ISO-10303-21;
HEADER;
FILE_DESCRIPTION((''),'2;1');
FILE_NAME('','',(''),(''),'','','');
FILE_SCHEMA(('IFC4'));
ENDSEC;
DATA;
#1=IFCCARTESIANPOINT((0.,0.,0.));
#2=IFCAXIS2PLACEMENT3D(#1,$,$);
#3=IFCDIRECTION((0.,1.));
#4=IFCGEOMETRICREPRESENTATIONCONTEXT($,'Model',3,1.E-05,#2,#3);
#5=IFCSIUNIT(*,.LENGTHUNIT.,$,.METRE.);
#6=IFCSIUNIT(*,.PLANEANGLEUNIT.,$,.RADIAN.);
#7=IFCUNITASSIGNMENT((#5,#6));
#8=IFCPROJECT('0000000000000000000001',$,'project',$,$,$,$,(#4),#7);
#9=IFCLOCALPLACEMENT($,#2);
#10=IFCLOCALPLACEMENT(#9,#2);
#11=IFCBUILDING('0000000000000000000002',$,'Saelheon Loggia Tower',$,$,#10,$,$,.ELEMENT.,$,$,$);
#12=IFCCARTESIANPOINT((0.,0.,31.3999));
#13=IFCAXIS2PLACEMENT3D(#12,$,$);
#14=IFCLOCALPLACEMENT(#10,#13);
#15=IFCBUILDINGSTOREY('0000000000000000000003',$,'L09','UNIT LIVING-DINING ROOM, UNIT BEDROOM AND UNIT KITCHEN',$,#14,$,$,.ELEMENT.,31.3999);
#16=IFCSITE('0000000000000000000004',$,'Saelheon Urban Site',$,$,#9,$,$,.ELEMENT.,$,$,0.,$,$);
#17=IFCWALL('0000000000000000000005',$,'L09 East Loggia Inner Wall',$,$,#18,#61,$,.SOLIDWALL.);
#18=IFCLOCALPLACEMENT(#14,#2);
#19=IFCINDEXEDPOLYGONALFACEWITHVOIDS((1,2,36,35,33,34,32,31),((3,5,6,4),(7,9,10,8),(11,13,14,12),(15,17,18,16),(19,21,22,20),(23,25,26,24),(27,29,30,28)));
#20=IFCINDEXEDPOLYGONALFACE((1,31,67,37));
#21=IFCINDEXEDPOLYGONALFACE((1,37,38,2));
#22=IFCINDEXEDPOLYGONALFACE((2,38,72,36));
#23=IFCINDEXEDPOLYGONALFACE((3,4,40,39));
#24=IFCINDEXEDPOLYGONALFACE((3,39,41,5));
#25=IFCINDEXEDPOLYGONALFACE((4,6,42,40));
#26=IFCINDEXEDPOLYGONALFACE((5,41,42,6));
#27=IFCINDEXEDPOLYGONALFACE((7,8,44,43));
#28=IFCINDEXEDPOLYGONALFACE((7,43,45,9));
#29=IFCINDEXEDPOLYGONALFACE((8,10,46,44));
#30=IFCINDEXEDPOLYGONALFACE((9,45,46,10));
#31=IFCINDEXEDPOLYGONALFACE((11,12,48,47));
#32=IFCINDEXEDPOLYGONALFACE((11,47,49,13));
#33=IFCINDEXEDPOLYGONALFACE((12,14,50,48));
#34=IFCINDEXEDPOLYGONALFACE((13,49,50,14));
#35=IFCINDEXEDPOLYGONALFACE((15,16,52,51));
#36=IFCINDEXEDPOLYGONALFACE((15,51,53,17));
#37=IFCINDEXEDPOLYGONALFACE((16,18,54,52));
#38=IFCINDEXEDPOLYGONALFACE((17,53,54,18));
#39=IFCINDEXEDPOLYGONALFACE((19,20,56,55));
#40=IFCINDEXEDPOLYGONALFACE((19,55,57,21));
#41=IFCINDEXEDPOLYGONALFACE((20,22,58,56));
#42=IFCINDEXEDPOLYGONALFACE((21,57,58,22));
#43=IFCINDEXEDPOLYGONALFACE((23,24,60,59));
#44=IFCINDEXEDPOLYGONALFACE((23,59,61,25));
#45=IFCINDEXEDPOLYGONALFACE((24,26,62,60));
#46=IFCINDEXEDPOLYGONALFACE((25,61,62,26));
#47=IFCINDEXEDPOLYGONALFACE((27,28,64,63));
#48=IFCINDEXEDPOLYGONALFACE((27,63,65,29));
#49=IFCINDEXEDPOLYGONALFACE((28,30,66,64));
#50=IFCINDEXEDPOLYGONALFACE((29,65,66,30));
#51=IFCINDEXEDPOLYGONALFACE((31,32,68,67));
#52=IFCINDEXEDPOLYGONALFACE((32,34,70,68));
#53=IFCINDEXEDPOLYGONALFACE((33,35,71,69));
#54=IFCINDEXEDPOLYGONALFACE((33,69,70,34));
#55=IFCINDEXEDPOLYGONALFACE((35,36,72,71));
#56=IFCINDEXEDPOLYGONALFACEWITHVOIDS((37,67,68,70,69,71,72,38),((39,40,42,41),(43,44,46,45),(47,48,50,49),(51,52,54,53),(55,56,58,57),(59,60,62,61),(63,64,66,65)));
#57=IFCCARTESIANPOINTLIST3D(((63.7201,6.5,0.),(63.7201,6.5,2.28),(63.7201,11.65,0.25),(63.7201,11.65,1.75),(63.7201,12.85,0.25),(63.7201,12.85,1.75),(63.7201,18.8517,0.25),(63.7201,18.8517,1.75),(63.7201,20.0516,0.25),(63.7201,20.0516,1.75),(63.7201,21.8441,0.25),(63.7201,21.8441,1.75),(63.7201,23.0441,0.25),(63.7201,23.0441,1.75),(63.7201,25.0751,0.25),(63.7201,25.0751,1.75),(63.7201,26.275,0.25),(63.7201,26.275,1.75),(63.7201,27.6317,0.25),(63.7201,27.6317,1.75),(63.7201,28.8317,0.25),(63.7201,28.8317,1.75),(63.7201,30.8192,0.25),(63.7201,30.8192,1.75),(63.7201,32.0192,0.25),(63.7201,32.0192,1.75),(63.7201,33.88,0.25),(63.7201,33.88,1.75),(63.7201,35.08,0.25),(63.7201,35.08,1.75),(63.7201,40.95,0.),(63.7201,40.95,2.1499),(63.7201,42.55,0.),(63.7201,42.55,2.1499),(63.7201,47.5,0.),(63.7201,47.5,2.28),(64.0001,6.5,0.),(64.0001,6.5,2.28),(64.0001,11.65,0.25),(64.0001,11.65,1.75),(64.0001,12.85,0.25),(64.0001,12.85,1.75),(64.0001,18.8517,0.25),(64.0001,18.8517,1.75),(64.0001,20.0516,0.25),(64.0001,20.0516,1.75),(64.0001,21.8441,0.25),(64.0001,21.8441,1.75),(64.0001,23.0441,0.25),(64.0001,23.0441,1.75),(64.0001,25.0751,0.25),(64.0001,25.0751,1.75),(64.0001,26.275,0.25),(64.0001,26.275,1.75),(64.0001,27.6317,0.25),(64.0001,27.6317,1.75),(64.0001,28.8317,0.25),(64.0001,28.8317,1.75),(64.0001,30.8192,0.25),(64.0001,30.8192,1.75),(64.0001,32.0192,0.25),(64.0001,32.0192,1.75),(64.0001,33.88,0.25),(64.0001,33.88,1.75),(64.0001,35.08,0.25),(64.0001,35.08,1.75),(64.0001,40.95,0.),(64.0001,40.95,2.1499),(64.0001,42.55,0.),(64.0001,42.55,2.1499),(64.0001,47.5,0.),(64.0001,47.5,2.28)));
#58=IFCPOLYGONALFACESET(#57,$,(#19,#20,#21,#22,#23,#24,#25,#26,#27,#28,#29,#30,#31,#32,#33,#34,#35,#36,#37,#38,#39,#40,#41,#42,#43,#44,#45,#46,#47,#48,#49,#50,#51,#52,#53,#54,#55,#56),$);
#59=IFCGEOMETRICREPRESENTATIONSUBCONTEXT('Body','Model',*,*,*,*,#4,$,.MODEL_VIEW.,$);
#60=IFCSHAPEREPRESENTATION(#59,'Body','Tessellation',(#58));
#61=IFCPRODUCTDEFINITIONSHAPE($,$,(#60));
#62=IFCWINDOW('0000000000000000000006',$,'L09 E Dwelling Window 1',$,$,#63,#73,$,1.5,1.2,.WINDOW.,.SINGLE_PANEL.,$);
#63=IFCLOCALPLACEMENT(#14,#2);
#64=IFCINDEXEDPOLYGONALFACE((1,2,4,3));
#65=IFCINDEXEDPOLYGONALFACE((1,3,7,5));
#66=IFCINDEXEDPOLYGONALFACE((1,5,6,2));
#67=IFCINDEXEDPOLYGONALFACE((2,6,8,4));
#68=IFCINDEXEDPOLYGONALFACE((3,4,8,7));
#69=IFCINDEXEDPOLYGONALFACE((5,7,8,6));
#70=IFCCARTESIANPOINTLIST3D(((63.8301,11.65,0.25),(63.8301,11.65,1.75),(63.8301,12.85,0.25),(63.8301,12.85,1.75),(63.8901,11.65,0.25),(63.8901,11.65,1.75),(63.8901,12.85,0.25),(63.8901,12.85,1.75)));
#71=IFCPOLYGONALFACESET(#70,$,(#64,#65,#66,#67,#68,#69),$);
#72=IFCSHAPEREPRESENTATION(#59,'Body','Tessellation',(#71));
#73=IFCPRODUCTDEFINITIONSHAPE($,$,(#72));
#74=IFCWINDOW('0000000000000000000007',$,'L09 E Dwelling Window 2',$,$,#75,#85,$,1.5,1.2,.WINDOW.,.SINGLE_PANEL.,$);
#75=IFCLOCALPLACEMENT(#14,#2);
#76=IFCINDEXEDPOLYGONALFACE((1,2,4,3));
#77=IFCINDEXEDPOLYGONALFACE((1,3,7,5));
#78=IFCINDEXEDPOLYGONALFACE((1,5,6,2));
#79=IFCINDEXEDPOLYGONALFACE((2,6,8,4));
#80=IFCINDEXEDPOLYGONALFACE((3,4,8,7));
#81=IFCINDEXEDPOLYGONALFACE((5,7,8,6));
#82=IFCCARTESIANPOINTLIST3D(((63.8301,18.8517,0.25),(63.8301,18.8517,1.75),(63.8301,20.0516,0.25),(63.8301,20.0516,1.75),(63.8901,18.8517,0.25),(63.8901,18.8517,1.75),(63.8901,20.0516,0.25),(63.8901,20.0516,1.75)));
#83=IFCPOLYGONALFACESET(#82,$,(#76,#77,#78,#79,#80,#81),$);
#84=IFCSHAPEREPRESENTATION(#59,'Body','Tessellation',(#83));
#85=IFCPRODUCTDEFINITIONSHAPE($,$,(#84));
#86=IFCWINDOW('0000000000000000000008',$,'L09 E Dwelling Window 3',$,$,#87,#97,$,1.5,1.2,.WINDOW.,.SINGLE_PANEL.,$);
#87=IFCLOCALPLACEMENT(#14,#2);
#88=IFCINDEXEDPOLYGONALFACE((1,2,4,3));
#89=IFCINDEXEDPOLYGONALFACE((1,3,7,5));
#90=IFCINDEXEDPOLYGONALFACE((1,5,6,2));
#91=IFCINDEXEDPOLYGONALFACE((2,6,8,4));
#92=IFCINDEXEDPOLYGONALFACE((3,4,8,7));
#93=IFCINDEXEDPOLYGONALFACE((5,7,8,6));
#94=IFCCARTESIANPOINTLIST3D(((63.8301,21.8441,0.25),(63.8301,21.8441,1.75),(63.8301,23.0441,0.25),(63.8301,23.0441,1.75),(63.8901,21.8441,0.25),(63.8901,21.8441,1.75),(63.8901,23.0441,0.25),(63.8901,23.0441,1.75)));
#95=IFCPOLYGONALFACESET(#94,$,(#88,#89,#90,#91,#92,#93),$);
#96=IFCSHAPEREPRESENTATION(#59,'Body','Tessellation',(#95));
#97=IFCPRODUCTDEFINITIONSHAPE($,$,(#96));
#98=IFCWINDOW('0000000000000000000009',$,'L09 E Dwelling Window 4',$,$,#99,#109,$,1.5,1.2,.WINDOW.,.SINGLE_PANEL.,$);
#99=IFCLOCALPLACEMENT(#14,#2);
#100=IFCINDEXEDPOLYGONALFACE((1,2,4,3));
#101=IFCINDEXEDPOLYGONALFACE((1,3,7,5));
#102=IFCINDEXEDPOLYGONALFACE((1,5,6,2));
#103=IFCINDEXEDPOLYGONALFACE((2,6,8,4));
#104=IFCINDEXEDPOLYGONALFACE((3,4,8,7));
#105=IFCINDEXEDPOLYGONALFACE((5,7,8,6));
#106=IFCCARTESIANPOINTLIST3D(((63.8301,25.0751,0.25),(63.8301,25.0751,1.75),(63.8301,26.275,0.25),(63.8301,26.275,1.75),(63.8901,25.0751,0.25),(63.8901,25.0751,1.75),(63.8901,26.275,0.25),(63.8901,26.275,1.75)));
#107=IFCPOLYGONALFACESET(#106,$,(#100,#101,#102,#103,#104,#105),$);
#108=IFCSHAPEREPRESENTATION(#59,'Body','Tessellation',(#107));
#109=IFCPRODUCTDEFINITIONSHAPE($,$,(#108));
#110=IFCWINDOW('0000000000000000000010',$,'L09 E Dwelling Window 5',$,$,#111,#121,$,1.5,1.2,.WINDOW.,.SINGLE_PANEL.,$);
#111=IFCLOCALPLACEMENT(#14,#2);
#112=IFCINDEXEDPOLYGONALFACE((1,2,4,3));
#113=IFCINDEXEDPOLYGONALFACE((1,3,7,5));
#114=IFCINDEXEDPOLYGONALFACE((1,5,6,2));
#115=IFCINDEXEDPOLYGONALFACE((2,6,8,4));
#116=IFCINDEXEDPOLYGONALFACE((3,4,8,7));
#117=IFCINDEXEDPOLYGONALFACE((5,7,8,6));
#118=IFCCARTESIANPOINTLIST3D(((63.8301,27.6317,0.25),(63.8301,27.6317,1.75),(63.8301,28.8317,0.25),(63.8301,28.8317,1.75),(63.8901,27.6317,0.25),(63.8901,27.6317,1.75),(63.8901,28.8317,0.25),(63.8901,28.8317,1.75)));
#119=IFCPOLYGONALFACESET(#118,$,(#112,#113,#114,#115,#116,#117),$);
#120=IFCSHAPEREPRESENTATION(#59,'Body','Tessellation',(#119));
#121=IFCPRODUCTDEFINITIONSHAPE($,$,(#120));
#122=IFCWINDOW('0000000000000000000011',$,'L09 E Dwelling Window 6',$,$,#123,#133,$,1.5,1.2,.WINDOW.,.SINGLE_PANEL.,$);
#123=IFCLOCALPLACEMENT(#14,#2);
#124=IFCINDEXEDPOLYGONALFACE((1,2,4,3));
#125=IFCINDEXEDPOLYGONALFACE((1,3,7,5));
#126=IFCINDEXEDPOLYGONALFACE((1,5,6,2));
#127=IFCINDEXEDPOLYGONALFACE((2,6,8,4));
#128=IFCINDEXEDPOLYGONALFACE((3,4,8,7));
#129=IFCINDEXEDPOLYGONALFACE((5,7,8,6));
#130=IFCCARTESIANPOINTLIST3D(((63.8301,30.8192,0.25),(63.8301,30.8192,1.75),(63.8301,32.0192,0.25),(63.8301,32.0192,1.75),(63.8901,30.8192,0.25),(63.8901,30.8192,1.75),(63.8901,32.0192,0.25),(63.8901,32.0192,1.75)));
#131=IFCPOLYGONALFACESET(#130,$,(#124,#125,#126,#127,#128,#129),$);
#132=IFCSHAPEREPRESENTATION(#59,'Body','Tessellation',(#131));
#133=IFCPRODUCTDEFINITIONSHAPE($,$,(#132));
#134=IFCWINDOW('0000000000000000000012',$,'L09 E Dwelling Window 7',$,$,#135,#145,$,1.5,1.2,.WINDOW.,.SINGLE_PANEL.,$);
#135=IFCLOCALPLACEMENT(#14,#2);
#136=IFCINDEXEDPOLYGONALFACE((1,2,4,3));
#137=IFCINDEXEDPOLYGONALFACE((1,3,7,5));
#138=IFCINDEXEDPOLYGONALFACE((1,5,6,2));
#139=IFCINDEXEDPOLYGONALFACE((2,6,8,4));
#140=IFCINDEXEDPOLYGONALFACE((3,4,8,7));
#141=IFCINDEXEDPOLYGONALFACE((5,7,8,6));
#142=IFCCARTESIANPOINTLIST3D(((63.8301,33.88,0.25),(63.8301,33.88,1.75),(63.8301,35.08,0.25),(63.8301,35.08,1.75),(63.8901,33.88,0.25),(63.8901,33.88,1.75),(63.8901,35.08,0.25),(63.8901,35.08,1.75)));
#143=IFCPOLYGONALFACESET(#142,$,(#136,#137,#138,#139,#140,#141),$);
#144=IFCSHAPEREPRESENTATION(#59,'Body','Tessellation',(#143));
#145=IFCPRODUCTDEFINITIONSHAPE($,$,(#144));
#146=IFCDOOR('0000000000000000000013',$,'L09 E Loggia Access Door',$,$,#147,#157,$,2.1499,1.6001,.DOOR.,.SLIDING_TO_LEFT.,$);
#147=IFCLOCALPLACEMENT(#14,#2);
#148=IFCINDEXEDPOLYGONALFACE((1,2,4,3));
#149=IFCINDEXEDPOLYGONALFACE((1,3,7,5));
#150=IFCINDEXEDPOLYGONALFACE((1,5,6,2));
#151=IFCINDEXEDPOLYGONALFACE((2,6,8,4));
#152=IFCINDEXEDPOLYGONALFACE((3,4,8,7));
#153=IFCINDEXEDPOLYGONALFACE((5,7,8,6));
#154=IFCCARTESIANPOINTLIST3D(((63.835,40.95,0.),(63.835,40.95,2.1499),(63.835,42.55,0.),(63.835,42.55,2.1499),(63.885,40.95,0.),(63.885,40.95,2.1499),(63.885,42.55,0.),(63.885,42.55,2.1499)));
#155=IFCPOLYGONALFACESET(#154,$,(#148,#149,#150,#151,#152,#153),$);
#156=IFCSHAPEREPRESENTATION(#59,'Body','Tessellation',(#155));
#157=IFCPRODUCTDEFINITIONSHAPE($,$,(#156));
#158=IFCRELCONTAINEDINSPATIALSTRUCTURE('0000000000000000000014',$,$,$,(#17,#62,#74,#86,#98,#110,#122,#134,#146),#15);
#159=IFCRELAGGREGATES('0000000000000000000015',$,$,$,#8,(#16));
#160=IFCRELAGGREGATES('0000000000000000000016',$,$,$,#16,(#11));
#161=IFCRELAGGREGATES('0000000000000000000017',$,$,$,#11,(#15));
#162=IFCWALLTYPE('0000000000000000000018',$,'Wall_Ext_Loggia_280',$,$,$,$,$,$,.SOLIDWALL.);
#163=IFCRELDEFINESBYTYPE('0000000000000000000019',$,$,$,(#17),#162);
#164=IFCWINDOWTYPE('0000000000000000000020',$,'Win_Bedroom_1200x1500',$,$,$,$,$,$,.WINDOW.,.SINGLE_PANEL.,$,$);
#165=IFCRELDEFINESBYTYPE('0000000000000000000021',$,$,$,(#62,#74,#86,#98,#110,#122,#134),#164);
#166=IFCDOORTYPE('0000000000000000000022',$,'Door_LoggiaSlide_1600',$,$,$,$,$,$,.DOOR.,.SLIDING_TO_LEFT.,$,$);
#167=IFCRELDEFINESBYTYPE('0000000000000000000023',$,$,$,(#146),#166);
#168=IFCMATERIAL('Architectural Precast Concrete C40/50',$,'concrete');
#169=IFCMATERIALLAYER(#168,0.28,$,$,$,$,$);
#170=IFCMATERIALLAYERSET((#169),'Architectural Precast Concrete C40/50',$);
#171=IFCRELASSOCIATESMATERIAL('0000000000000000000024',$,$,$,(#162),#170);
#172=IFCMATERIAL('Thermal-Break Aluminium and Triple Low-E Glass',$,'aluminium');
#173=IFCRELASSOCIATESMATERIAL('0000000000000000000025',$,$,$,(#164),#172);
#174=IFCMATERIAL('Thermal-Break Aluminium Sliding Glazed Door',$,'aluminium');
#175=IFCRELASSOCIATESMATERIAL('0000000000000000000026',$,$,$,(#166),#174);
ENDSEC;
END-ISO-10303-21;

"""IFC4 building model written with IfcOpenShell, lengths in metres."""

from ifc_helpers import new_model, si_unit, direction, frame, frame_2d, origin, place, context, subcontext, project, spatial, rectangle, extrude, source, transform, mapped, material, layer, layer_set, type_object, element, fill, save


model = new_model("IFC4")

# Units and contexts
model_context = context("Model", 3, precision=1e-05, world=origin(), true_north=direction((0.0, 1.0)))
body_context = subcontext(model_context, "Body", "Model", "MODEL_VIEW")
ifc_project = project(units=[si_unit("LENGTHUNIT", "METRE"), si_unit("PLANEANGLEUNIT", "RADIAN")], contexts=[model_context])

# Site, building, storey
site_placement = place(None, origin())
site = spatial("IfcSite", under=ifc_project, at=site_placement, Name="Saelheon Urban Site", CompositionType="ELEMENT", RefElevation=0.0)
building_placement = place(site_placement, origin())
building = spatial("IfcBuilding", under=site, at=building_placement, Name="Saelheon Loggia Tower", CompositionType="ELEMENT")
storey_placement = place(building_placement, frame((0.0, 0.0, 31.3999)))
storey = spatial("IfcBuildingStorey", under=building, at=storey_placement, Name="L09", Description="UNIT LIVING-DINING ROOM, UNIT BEDROOM AND UNIT KITCHEN", CompositionType="ELEMENT", Elevation=31.3999)

# Wall, openings, windows, door
ifc_material_1 = material(Name="Architectural Precast Concrete C40/50", Category="concrete")
ifc_layer_1 = layer(ifc_material_1, 0.28)
ifc_layer_set_1 = layer_set([ifc_layer_1], Name="Architectural Precast Concrete C40/50")
wall_type_1 = type_object("IfcWallType", Name="Wall_Ext_Loggia_280", PredefinedType="SOLIDWALL", material=ifc_layer_set_1)
wall_1_placement = place(storey_placement, frame((63.8601, 6.5, 0.0), z_axis=(0.0, 0.0, 1.0), x_axis=(0.0, 1.0, 0.0)))
wall_1 = element("IfcWall", 1, at=wall_1_placement, inside=storey, type_object=wall_type_1, Name="L09 East Loggia Inner Wall", PredefinedType="SOLIDWALL", context=body_context, shape_type="SweptSolid", body=[
    extrude(rectangle(XDim=41.0, YDim=0.28, at=frame_2d((20.5, 0.0))), origin(), (0.0, 0.0, 1.0), 2.28),
])
opening_1_placement = place(wall_1_placement, frame((5.1499, 0.0, 0.25)))
opening_1 = element("IfcOpeningElement", 2, at=opening_1_placement, cuts=wall_1, PredefinedType="OPENING", context=body_context, shape_type="SweptSolid", body=[
    extrude(rectangle(XDim=1.2, YDim=1.5, at=frame_2d((0.6001, 0.75))), frame((0.0, 0.1521, 0.0), z_axis=(0.0, -1.0, 0.0), x_axis=(1.0, 0.0, 0.0)), (0.0, 0.0, 1.0), 0.304),
])
opening_2_placement = place(wall_1_placement, frame((12.3516, 0.0, 0.25)))
opening_2 = element("IfcOpeningElement", 3, at=opening_2_placement, cuts=wall_1, PredefinedType="OPENING", context=body_context, shape_type="SweptSolid", body=[
    extrude(rectangle(XDim=1.2, YDim=1.5, at=frame_2d((0.6001, 0.75))), frame((0.0, 0.1521, 0.0), z_axis=(0.0, -1.0, 0.0), x_axis=(1.0, 0.0, 0.0)), (0.0, 0.0, 1.0), 0.304),
])
opening_3_placement = place(wall_1_placement, frame((15.344, 0.0, 0.25)))
opening_3 = element("IfcOpeningElement", 4, at=opening_3_placement, cuts=wall_1, PredefinedType="OPENING", context=body_context, shape_type="SweptSolid", body=[
    extrude(rectangle(XDim=1.2, YDim=1.5, at=frame_2d((0.6001, 0.75))), frame((0.0, 0.1521, 0.0), z_axis=(0.0, -1.0, 0.0), x_axis=(1.0, 0.0, 0.0)), (0.0, 0.0, 1.0), 0.304),
])
opening_4_placement = place(wall_1_placement, frame((18.575, 0.0, 0.25)))
opening_4 = element("IfcOpeningElement", 5, at=opening_4_placement, cuts=wall_1, PredefinedType="OPENING", context=body_context, shape_type="SweptSolid", body=[
    extrude(rectangle(XDim=1.2, YDim=1.5, at=frame_2d((0.6001, 0.75))), frame((0.0, 0.1521, 0.0), z_axis=(0.0, -1.0, 0.0), x_axis=(1.0, 0.0, 0.0)), (0.0, 0.0, 1.0), 0.304),
])
opening_5_placement = place(wall_1_placement, frame((21.1316, 0.0, 0.25)))
opening_5 = element("IfcOpeningElement", 6, at=opening_5_placement, cuts=wall_1, PredefinedType="OPENING", context=body_context, shape_type="SweptSolid", body=[
    extrude(rectangle(XDim=1.2, YDim=1.5, at=frame_2d((0.6001, 0.75))), frame((0.0, 0.1521, 0.0), z_axis=(0.0, -1.0, 0.0), x_axis=(1.0, 0.0, 0.0)), (0.0, 0.0, 1.0), 0.304),
])
opening_6_placement = place(wall_1_placement, frame((24.3191, 0.0, 0.25)))
opening_6 = element("IfcOpeningElement", 7, at=opening_6_placement, cuts=wall_1, PredefinedType="OPENING", context=body_context, shape_type="SweptSolid", body=[
    extrude(rectangle(XDim=1.2, YDim=1.5, at=frame_2d((0.6001, 0.75))), frame((0.0, 0.1521, 0.0), z_axis=(0.0, -1.0, 0.0), x_axis=(1.0, 0.0, 0.0)), (0.0, 0.0, 1.0), 0.304),
])
opening_7_placement = place(wall_1_placement, frame((27.3799, 0.0, 0.25)))
opening_7 = element("IfcOpeningElement", 8, at=opening_7_placement, cuts=wall_1, PredefinedType="OPENING", context=body_context, shape_type="SweptSolid", body=[
    extrude(rectangle(XDim=1.2, YDim=1.5, at=frame_2d((0.6001, 0.75))), frame((0.0, 0.1521, 0.0), z_axis=(0.0, -1.0, 0.0), x_axis=(1.0, 0.0, 0.0)), (0.0, 0.0, 1.0), 0.304),
])
opening_8_placement = place(wall_1_placement, frame((36.05, 0.0, 0.0), z_axis=(0.0, 0.0, 1.0), x_axis=(-1.0, 0.0, 0.0)))
opening_8 = element("IfcOpeningElement", 9, at=opening_8_placement, cuts=wall_1, PredefinedType="OPENING", context=body_context, shape_type="SweptSolid", body=[
    extrude(rectangle(XDim=1.6001, YDim=2.1499, at=frame_2d((0.8, 1.075))), frame((0.0, 0.1521, 0.0), z_axis=(0.0, -1.0, 0.0), x_axis=(1.0, 0.0, 0.0)), (0.0, 0.0, 1.0), 0.304),
])
ifc_material_2 = material(Name="Thermal-Break Aluminium and Triple Low-E Glass", Category="aluminium")
window_type = type_object("IfcWindowType", Name="Win_Bedroom_1200x1500", PartitioningType="SINGLE_PANEL", PredefinedType="WINDOW", material=ifc_material_2)
shared_shape_1 = source(origin(), body_context, "Body", "SweptSolid", [
    extrude(rectangle(XDim=1.2, YDim=1.5, at=frame_2d((0.6001, 0.75))), frame((0.0, 0.03, 0.0), z_axis=(0.0, -1.0, 0.0), x_axis=(1.0, 0.0, 0.0)), (0.0, 0.0, 1.0), 0.0601),
])
window_1_placement = place(opening_1_placement, origin())
window_1 = element("IfcWindow", 10, at=window_1_placement, inside=storey, type_object=window_type, Name="L09 E Dwelling Window 1", OverallHeight=1.5, OverallWidth=1.2, PartitioningType="SINGLE_PANEL", PredefinedType="WINDOW", context=body_context, shape_type="MappedRepresentation", body=[
    mapped(shared_shape_1, transform((0.0, 0.0, 0.0), scale=1.0)),
])
fill(opening_1, window_1)
window_2_placement = place(opening_2_placement, origin())
window_2 = element("IfcWindow", 11, at=window_2_placement, inside=storey, type_object=window_type, Name="L09 E Dwelling Window 2", OverallHeight=1.5, OverallWidth=1.2, PartitioningType="SINGLE_PANEL", PredefinedType="WINDOW", context=body_context, shape_type="MappedRepresentation", body=[
    mapped(shared_shape_1, transform((0.0, 0.0, 0.0), scale=1.0)),
])
fill(opening_2, window_2)
window_3_placement = place(opening_3_placement, origin())
window_3 = element("IfcWindow", 12, at=window_3_placement, inside=storey, type_object=window_type, Name="L09 E Dwelling Window 3", OverallHeight=1.5, OverallWidth=1.2, PartitioningType="SINGLE_PANEL", PredefinedType="WINDOW", context=body_context, shape_type="MappedRepresentation", body=[
    mapped(shared_shape_1, transform((0.0, 0.0, 0.0), scale=1.0)),
])
fill(opening_3, window_3)
window_4_placement = place(opening_4_placement, origin())
window_4 = element("IfcWindow", 13, at=window_4_placement, inside=storey, type_object=window_type, Name="L09 E Dwelling Window 4", OverallHeight=1.5, OverallWidth=1.2, PartitioningType="SINGLE_PANEL", PredefinedType="WINDOW", context=body_context, shape_type="MappedRepresentation", body=[
    mapped(shared_shape_1, transform((0.0, 0.0, 0.0), scale=1.0)),
])
fill(opening_4, window_4)
window_5_placement = place(opening_5_placement, origin())
window_5 = element("IfcWindow", 14, at=window_5_placement, inside=storey, type_object=window_type, Name="L09 E Dwelling Window 5", OverallHeight=1.5, OverallWidth=1.2, PartitioningType="SINGLE_PANEL", PredefinedType="WINDOW", context=body_context, shape_type="MappedRepresentation", body=[
    mapped(shared_shape_1, transform((0.0, 0.0, 0.0), scale=1.0)),
])
fill(opening_5, window_5)
window_6_placement = place(opening_6_placement, origin())
window_6 = element("IfcWindow", 15, at=window_6_placement, inside=storey, type_object=window_type, Name="L09 E Dwelling Window 6", OverallHeight=1.5, OverallWidth=1.2, PartitioningType="SINGLE_PANEL", PredefinedType="WINDOW", context=body_context, shape_type="MappedRepresentation", body=[
    mapped(shared_shape_1, transform((0.0, 0.0, 0.0), scale=1.0)),
])
fill(opening_6, window_6)
window_7_placement = place(opening_7_placement, origin())
window_7 = element("IfcWindow", 16, at=window_7_placement, inside=storey, type_object=window_type, Name="L09 E Dwelling Window 7", OverallHeight=1.5, OverallWidth=1.2, PartitioningType="SINGLE_PANEL", PredefinedType="WINDOW", context=body_context, shape_type="MappedRepresentation", body=[
    mapped(shared_shape_1, transform((0.0, 0.0, 0.0), scale=1.0)),
])
fill(opening_7, window_7)
ifc_material_3 = material(Name="Thermal-Break Aluminium Sliding Glazed Door", Category="aluminium")
door_type = type_object("IfcDoorType", Name="Door_LoggiaSlide_1600", OperationType="SLIDING_TO_LEFT", PredefinedType="DOOR", material=ifc_material_3)
shared_shape_2 = source(origin(), body_context, "Body", "SweptSolid", [
    extrude(rectangle(XDim=1.6001, YDim=2.1499, at=frame_2d((0.8, 1.075))), frame((0.0, 0.0249, 0.0), z_axis=(0.0, -1.0, 0.0), x_axis=(1.0, 0.0, 0.0)), (0.0, 0.0, 1.0), 0.05),
])
door_placement = place(opening_8_placement, origin())
door = element("IfcDoor", 17, at=door_placement, inside=storey, type_object=door_type, Name="L09 E Loggia Access Door", OperationType="SLIDING_TO_LEFT", OverallHeight=2.1499, OverallWidth=1.6001, PredefinedType="DOOR", context=body_context, shape_type="MappedRepresentation", body=[
    mapped(shared_shape_2, transform((0.0, 0.0, 0.0), scale=1.0)),
])
fill(opening_8, door)

save(model, "model.ifc")
